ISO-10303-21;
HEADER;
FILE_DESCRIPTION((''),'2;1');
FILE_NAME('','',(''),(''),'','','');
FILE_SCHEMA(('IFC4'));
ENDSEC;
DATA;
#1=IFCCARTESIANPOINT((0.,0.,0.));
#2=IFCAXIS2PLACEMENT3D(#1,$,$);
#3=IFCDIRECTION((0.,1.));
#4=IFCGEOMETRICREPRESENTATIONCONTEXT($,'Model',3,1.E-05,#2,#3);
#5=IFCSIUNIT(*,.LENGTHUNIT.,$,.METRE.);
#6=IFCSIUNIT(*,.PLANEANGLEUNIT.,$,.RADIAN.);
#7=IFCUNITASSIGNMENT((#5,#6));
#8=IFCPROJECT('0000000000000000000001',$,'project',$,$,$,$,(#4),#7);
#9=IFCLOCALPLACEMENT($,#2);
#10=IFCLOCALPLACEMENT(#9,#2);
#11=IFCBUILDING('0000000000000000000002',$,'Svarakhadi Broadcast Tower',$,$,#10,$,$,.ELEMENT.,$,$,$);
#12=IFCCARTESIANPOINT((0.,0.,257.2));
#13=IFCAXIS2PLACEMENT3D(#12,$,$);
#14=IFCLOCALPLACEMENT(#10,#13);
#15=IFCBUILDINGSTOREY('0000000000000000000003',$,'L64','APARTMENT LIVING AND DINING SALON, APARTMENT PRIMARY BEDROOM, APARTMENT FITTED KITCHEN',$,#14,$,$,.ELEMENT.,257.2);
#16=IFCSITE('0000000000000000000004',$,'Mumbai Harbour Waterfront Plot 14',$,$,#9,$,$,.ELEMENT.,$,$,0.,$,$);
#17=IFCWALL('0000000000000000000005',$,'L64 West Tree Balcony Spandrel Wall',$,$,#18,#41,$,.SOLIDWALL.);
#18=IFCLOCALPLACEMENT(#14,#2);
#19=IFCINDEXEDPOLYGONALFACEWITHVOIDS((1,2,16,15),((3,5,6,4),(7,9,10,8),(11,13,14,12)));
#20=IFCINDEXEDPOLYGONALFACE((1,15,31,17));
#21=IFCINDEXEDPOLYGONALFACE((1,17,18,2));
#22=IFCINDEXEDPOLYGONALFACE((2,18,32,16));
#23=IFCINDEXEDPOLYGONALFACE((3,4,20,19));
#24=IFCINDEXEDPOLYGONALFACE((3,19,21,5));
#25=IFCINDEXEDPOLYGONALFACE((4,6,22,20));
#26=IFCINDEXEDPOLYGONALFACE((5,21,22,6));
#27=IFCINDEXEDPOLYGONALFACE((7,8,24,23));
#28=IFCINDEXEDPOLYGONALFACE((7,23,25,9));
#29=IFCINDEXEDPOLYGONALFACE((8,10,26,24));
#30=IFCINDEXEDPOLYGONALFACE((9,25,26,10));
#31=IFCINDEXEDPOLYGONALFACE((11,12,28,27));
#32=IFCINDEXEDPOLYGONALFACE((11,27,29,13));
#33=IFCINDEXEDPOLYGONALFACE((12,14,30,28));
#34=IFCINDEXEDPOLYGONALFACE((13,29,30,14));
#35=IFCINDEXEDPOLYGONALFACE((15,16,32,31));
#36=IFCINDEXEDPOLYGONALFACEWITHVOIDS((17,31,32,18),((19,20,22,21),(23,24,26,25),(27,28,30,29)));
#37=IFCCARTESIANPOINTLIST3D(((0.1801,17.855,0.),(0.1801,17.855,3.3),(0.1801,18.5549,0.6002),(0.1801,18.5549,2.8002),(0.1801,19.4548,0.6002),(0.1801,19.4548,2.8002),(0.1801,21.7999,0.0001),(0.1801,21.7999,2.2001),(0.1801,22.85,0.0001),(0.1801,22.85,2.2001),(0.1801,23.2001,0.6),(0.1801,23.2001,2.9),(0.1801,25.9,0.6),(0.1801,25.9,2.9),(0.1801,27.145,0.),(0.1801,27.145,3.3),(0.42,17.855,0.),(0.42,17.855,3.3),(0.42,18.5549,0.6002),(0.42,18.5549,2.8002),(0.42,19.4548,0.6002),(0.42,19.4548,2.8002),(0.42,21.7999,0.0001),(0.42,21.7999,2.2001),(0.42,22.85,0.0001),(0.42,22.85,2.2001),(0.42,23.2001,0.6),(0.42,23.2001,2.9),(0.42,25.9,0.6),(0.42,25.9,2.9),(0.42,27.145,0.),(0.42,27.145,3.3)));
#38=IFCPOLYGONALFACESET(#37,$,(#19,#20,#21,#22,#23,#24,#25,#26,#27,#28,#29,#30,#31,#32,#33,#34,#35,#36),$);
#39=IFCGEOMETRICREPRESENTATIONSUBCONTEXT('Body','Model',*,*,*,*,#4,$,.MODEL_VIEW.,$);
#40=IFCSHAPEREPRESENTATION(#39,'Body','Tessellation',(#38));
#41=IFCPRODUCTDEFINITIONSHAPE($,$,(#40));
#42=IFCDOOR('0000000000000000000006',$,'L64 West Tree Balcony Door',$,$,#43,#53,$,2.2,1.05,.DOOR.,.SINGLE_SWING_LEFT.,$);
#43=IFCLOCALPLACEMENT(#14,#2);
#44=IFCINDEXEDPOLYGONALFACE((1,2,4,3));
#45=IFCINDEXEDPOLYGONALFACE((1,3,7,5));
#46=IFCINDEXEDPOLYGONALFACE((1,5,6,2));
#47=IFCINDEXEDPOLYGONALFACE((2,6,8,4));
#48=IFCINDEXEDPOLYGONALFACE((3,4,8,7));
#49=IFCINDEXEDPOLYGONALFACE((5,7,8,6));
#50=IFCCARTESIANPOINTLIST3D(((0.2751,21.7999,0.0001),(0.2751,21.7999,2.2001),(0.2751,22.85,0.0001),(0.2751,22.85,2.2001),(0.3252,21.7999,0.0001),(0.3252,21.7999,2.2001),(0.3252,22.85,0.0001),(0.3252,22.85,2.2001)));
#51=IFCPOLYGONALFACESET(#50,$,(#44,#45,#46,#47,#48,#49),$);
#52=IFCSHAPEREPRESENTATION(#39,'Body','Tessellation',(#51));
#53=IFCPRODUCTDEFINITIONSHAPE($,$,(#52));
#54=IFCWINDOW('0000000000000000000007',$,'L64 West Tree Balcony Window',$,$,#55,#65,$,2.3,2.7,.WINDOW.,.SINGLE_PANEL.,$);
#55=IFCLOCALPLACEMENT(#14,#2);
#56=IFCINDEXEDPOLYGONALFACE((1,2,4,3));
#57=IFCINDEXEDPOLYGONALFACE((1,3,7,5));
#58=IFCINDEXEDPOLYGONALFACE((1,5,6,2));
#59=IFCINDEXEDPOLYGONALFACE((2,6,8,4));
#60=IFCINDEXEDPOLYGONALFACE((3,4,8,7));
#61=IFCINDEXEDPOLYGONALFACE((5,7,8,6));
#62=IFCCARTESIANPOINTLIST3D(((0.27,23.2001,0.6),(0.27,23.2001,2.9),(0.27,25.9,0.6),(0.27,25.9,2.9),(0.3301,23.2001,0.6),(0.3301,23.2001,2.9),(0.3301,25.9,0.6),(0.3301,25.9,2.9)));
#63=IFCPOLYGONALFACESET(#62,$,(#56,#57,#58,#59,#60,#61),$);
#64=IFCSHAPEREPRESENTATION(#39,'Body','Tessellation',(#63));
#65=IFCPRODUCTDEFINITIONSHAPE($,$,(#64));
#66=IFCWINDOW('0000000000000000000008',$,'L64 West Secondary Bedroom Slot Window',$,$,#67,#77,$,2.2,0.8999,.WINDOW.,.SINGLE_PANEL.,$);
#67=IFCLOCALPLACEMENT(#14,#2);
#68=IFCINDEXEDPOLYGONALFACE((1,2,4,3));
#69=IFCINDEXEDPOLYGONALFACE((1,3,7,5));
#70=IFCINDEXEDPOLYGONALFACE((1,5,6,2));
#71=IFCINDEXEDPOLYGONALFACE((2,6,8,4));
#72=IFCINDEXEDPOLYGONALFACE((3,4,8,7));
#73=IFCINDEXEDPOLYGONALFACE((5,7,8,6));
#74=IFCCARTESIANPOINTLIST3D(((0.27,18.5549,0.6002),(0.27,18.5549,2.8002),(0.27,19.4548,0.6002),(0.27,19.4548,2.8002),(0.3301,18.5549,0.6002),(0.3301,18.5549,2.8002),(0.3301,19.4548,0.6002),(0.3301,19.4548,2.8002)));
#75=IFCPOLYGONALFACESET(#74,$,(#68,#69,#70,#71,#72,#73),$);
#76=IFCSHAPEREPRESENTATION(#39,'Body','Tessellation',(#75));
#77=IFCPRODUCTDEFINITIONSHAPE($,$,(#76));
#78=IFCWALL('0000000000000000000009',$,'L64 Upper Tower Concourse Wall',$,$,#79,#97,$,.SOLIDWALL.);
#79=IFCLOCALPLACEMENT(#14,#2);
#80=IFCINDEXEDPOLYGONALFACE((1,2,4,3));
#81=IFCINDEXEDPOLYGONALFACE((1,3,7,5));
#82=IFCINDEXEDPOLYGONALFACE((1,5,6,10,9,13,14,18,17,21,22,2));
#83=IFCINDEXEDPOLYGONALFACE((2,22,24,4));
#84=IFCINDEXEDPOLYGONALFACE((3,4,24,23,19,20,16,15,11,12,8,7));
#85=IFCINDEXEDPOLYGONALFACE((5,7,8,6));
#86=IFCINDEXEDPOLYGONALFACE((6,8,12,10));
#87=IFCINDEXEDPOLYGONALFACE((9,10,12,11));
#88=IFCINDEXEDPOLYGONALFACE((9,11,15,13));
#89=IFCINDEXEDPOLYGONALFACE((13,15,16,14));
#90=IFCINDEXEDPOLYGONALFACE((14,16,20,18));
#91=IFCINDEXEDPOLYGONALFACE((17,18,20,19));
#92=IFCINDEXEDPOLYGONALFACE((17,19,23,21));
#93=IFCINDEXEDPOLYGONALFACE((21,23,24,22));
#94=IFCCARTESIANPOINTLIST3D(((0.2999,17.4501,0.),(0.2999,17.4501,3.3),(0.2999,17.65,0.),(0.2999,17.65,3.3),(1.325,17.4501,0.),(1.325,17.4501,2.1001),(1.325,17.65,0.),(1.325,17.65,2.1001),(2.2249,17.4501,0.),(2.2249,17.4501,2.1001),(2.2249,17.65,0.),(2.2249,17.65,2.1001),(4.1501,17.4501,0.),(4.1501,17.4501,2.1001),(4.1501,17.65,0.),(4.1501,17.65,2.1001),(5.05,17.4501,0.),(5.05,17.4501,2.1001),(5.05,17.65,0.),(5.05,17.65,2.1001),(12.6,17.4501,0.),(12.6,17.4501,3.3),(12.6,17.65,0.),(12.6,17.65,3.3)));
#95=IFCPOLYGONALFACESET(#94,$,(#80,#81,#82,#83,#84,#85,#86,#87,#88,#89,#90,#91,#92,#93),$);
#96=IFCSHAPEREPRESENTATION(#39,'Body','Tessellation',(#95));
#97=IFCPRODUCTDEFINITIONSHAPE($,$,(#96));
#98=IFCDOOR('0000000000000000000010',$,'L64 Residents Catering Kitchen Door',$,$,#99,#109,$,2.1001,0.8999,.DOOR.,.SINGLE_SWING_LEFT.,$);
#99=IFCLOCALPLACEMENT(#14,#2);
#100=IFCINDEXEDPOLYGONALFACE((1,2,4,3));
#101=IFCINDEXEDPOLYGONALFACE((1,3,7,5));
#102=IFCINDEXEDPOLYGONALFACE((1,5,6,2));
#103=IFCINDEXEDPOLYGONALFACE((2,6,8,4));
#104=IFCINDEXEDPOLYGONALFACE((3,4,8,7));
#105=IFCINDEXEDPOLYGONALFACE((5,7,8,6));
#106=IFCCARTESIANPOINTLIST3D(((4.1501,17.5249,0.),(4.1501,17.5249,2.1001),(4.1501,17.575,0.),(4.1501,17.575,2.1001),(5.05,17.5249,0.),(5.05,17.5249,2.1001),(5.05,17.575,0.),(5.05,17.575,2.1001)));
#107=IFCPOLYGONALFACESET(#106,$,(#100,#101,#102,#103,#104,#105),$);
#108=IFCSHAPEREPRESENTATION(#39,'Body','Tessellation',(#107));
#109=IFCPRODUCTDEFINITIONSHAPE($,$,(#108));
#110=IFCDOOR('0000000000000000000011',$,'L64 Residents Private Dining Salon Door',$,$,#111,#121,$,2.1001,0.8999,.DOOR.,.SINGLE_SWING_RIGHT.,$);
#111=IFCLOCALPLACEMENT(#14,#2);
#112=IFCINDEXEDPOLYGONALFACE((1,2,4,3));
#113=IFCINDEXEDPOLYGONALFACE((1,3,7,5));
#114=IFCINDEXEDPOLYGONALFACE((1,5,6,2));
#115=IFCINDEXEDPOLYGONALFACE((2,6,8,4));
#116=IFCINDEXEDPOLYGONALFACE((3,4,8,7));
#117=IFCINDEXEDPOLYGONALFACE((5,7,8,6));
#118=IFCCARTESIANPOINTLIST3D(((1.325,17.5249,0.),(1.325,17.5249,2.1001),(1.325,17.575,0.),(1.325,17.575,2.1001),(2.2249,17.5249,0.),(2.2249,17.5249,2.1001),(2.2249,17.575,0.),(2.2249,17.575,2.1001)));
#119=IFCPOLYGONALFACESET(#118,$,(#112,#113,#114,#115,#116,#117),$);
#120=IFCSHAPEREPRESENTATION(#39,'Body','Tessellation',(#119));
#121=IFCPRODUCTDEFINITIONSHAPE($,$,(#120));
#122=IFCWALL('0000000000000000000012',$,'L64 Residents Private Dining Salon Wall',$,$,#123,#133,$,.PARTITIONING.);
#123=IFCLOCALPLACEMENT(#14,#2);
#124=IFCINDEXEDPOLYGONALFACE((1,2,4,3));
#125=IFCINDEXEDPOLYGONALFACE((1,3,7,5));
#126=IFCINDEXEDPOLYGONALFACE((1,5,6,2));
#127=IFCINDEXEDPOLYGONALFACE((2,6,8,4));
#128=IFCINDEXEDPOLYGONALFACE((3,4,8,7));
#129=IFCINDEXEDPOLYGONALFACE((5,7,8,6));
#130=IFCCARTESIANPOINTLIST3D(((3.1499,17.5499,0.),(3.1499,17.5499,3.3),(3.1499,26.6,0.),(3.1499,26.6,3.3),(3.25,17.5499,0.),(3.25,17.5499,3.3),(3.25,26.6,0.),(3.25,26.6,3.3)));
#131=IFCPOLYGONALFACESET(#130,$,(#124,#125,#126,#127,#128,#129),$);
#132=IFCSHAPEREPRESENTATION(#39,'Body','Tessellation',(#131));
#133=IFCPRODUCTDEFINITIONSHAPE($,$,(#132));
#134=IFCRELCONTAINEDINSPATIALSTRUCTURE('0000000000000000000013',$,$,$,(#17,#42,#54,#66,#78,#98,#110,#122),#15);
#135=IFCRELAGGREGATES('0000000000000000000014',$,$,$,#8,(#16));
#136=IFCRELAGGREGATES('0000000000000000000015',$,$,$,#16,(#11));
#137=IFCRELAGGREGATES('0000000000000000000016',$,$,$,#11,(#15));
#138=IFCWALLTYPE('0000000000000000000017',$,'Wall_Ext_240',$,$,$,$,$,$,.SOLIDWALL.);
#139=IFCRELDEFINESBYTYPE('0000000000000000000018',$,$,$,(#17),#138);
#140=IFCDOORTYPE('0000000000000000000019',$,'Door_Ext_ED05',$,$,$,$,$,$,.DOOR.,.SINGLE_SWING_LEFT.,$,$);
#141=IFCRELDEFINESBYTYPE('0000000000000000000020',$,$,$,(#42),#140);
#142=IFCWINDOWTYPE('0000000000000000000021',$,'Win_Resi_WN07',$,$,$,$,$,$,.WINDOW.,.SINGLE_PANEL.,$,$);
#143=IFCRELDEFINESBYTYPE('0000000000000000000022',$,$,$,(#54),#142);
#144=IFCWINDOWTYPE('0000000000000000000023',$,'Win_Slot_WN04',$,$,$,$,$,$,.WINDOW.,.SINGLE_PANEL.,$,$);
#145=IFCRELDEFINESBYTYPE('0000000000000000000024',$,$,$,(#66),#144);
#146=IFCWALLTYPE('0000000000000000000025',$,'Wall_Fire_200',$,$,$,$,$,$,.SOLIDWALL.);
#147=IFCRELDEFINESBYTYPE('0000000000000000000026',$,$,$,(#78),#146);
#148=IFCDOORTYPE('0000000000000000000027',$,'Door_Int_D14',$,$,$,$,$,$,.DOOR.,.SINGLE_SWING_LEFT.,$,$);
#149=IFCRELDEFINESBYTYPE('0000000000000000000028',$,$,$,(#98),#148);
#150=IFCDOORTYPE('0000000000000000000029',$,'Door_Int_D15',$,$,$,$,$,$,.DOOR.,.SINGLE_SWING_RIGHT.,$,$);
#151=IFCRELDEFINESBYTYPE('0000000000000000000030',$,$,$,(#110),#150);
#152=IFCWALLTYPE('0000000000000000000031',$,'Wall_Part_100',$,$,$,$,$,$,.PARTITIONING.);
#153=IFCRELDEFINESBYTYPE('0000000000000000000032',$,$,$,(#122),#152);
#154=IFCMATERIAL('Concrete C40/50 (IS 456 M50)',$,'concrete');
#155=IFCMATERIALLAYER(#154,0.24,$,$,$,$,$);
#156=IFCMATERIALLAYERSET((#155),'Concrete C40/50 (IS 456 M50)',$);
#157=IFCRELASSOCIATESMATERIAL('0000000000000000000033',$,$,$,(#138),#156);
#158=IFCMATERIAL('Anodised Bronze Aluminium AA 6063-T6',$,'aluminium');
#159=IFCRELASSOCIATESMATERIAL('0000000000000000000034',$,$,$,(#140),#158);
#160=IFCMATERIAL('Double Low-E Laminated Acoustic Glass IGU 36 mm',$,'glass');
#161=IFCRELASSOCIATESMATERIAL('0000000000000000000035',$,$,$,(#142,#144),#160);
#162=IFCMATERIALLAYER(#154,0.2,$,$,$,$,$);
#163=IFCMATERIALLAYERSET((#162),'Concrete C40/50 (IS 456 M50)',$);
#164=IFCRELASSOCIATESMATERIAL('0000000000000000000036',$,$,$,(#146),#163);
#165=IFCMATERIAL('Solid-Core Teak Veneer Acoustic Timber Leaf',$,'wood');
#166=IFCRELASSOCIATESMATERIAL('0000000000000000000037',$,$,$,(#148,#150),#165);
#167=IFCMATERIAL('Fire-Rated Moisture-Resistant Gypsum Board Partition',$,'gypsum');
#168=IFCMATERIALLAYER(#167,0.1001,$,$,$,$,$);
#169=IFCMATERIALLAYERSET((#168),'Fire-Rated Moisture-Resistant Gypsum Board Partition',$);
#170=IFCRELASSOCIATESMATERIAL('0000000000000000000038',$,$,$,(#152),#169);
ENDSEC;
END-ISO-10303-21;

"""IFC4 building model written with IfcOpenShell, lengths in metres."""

from ifc_helpers import new_model, si_unit, direction, frame, frame_2d, origin, place, context, subcontext, project, spatial, rectangle, extrude, material, layer, layer_set, type_object, element, fill, save


model = new_model("IFC4")

# Units and contexts
model_context = context("Model", 3, precision=1e-05, world=origin(), true_north=direction((0.0, 1.0)))
body_context = subcontext(model_context, "Body", "Model", "MODEL_VIEW")
ifc_project = project(units=[si_unit("LENGTHUNIT", "METRE"), si_unit("PLANEANGLEUNIT", "RADIAN")], contexts=[model_context])

# Site, building, storey
site_placement = place(None, origin())
site = spatial("IfcSite", under=ifc_project, at=site_placement, Name="Mumbai Harbour Waterfront Plot 14", CompositionType="ELEMENT", RefElevation=0.0)
building_placement = place(site_placement, origin())
building = spatial("IfcBuilding", under=site, at=building_placement, Name="Svarakhadi Broadcast Tower", CompositionType="ELEMENT")
storey_placement = place(building_placement, frame((0.0, 0.0, 257.2)))
storey = spatial("IfcBuildingStorey", under=building, at=storey_placement, Name="L64", Description="APARTMENT LIVING AND DINING SALON, APARTMENT PRIMARY BEDROOM, APARTMENT FITTED KITCHEN", CompositionType="ELEMENT", Elevation=257.2)

# Shared definitions
ifc_material_1 = material(Name="Anodised Bronze Aluminium AA 6063-T6", Category="aluminium")

# Shared definitions
ifc_material_2 = material(Name="Double Low-E Laminated Acoustic Glass IGU 36 mm", Category="glass")

# Wall, openings, door, windows
ifc_material_3 = material(Name="Concrete C40/50 (IS 456 M50)", Category="concrete")
ifc_layer_1 = layer(ifc_material_3, 0.24)
ifc_layer_set_1 = layer_set([ifc_layer_1], Name="Concrete C40/50 (IS 456 M50)")
wall_type_1 = type_object("IfcWallType", Name="Wall_Ext_240", PredefinedType="SOLIDWALL", material=ifc_layer_set_1)
wall_1_placement = place(storey_placement, frame((0.3, 17.855, 0.0), z_axis=(0.0, 0.0, 1.0), x_axis=(0.0, 1.0, 0.0)))
wall_1 = element("IfcWall", 1, at=wall_1_placement, inside=storey, type_object=wall_type_1, Name="L64 West Tree Balcony Spandrel Wall", PredefinedType="SOLIDWALL", context=body_context, shape_type="SweptSolid", body=[
    extrude(rectangle(XDim=9.29, YDim=0.24, at=frame_2d((4.645, 0.0))), origin(), (0.0, 0.0, 1.0), 3.3),
])
opening_1_placement = place(wall_1_placement, frame((3.9451, 0.0, 0.0)))
opening_1 = element("IfcOpeningElement", 2, at=opening_1_placement, cuts=wall_1, PredefinedType="OPENING", context=body_context, shape_type="SweptSolid", body=[
    extrude(rectangle(XDim=1.05, YDim=2.2, at=frame_2d((0.5249, 1.1001))), frame((0.0, 0.1299, 0.0), z_axis=(0.0, -1.0, 0.0), x_axis=(1.0, 0.0, 0.0)), (0.0, 0.0, 1.0), 0.26),
])
opening_2_placement = place(wall_1_placement, frame((5.345, 0.0, 0.6001)))
opening_2 = element("IfcOpeningElement", 3, at=opening_2_placement, cuts=wall_1, PredefinedType="OPENING", context=body_context, shape_type="SweptSolid", body=[
    extrude(rectangle(XDim=2.7, YDim=2.3, at=frame_2d((1.3501, 1.1499))), frame((0.0, 0.1299, 0.0), z_axis=(0.0, -1.0, 0.0), x_axis=(1.0, 0.0, 0.0)), (0.0, 0.0, 1.0), 0.26),
])
opening_3_placement = place(wall_1_placement, frame((0.7, 0.0, 0.6001)))
opening_3 = element("IfcOpeningElement", 4, at=opening_3_placement, cuts=wall_1, PredefinedType="OPENING", context=body_context, shape_type="SweptSolid", body=[
    extrude(rectangle(XDim=0.8999, YDim=2.2, at=frame_2d((0.45, 1.1001))), frame((0.0, 0.1299, 0.0), z_axis=(0.0, -1.0, 0.0), x_axis=(1.0, 0.0, 0.0)), (0.0, 0.0, 1.0), 0.26),
])
door_type_1 = type_object("IfcDoorType", Name="Door_Ext_ED05", OperationType="SINGLE_SWING_LEFT", PredefinedType="DOOR", material=ifc_material_1)
door_1_placement = place(opening_1_placement, origin())
door_1 = element("IfcDoor", 5, at=door_1_placement, inside=storey, type_object=door_type_1, Name="L64 West Tree Balcony Door", OperationType="SINGLE_SWING_LEFT", OverallHeight=2.2, OverallWidth=1.05, PredefinedType="DOOR", context=body_context, shape_type="SweptSolid", body=[
    extrude(rectangle(XDim=1.05, YDim=2.2, at=frame_2d((0.5249, 1.1001))), frame((0.0, 0.0249, 0.0), z_axis=(0.0, -1.0, 0.0), x_axis=(1.0, 0.0, 0.0)), (0.0, 0.0, 1.0), 0.05),
])
fill(opening_1, door_1)
window_type_1 = type_object("IfcWindowType", Name="Win_Resi_WN07", PartitioningType="SINGLE_PANEL", PredefinedType="WINDOW", material=ifc_material_2)
window_1_placement = place(opening_2_placement, origin())
window_1 = element("IfcWindow", 6, at=window_1_placement, inside=storey, type_object=window_type_1, Name="L64 West Tree Balcony Window", OverallHeight=2.3, OverallWidth=2.7, PartitioningType="SINGLE_PANEL", PredefinedType="WINDOW", context=body_context, shape_type="SweptSolid", body=[
    extrude(rectangle(XDim=2.7, YDim=2.3, at=frame_2d((1.3501, 1.1499))), frame((0.0, 0.03, 0.0), z_axis=(0.0, -1.0, 0.0), x_axis=(1.0, 0.0, 0.0)), (0.0, 0.0, 1.0), 0.0601),
])
fill(opening_2, window_1)
window_type_2 = type_object("IfcWindowType", Name="Win_Slot_WN04", PartitioningType="SINGLE_PANEL", PredefinedType="WINDOW", material=ifc_material_2)
window_2_placement = place(opening_3_placement, origin())
window_2 = element("IfcWindow", 7, at=window_2_placement, inside=storey, type_object=window_type_2, Name="L64 West Secondary Bedroom Slot Window", OverallHeight=2.2, OverallWidth=0.8999, PartitioningType="SINGLE_PANEL", PredefinedType="WINDOW", context=body_context, shape_type="SweptSolid", body=[
    extrude(rectangle(XDim=0.8999, YDim=2.2, at=frame_2d((0.45, 1.1001))), frame((0.0, 0.03, 0.0), z_axis=(0.0, -1.0, 0.0), x_axis=(1.0, 0.0, 0.0)), (0.0, 0.0, 1.0), 0.0601),
])
fill(opening_3, window_2)

# Wall, openings, doors
ifc_layer_2 = layer(ifc_material_3, 0.2)
ifc_layer_set_2 = layer_set([ifc_layer_2], Name="Concrete C40/50 (IS 456 M50)")
wall_type_2 = type_object("IfcWallType", Name="Wall_Fire_200", PredefinedType="SOLIDWALL", material=ifc_layer_set_2)
wall_2_placement = place(storey_placement, frame((0.3, 17.55, 0.0), z_axis=(0.0, 0.0, 1.0), x_axis=(1.0, 0.0, 0.0)))
wall_2 = element("IfcWall", 8, at=wall_2_placement, inside=storey, type_object=wall_type_2, Name="L64 Upper Tower Concourse Wall", PredefinedType="SOLIDWALL", context=body_context, shape_type="SweptSolid", body=[
    extrude(rectangle(XDim=12.3, YDim=0.2, at=frame_2d((6.1499, 0.0))), origin(), (0.0, 0.0, 1.0), 3.3),
])
opening_4_placement = place(wall_2_placement, frame((1.0249, 0.0, 0.0)))
opening_4 = element("IfcOpeningElement", 9, at=opening_4_placement, cuts=wall_2, PredefinedType="OPENING", context=body_context, shape_type="SweptSolid", body=[
    extrude(rectangle(XDim=0.8999, YDim=2.1001, at=frame_2d((0.45, 1.05))), frame((0.0, 0.1099, 0.0), z_axis=(0.0, -1.0, 0.0), x_axis=(1.0, 0.0, 0.0)), (0.0, 0.0, 1.0), 0.22),
])
opening_5_placement = place(wall_2_placement, frame((3.8501, 0.0, 0.0)))
opening_5 = element("IfcOpeningElement", 10, at=opening_5_placement, cuts=wall_2, PredefinedType="OPENING", context=body_context, shape_type="SweptSolid", body=[
    extrude(rectangle(XDim=0.8999, YDim=2.1001, at=frame_2d((0.45, 1.05))), frame((0.0, 0.1099, 0.0), z_axis=(0.0, -1.0, 0.0), x_axis=(1.0, 0.0, 0.0)), (0.0, 0.0, 1.0), 0.22),
])
ifc_material_4 = material(Name="Solid-Core Teak Veneer Acoustic Timber Leaf", Category="wood")
door_type_2 = type_object("IfcDoorType", Name="Door_Int_D14", OperationType="SINGLE_SWING_LEFT", PredefinedType="DOOR", material=ifc_material_4)
door_2_placement = place(opening_5_placement, origin())
door_2 = element("IfcDoor", 11, at=door_2_placement, inside=storey, type_object=door_type_2, Name="L64 Residents Catering Kitchen Door", OperationType="SINGLE_SWING_LEFT", OverallHeight=2.1001, OverallWidth=0.8999, PredefinedType="DOOR", context=body_context, shape_type="SweptSolid", body=[
    extrude(rectangle(XDim=0.8999, YDim=2.1001, at=frame_2d((0.45, 1.05))), frame((0.0, 0.0249, 0.0), z_axis=(0.0, -1.0, 0.0), x_axis=(1.0, 0.0, 0.0)), (0.0, 0.0, 1.0), 0.05),
])
fill(opening_5, door_2)
door_type_3 = type_object("IfcDoorType", Name="Door_Int_D15", OperationType="SINGLE_SWING_RIGHT", PredefinedType="DOOR", material=ifc_material_4)
door_3_placement = place(opening_4_placement, origin())
door_3 = element("IfcDoor", 12, at=door_3_placement, inside=storey, type_object=door_type_3, Name="L64 Residents Private Dining Salon Door", OperationType="SINGLE_SWING_RIGHT", OverallHeight=2.1001, OverallWidth=0.8999, PredefinedType="DOOR", context=body_context, shape_type="SweptSolid", body=[
    extrude(rectangle(XDim=0.8999, YDim=2.1001, at=frame_2d((0.45, 1.05))), frame((0.0, 0.0249, 0.0), z_axis=(0.0, -1.0, 0.0), x_axis=(1.0, 0.0, 0.0)), (0.0, 0.0, 1.0), 0.05),
])
fill(opening_4, door_3)

# Wall
ifc_material_5 = material(Name="Fire-Rated Moisture-Resistant Gypsum Board Partition", Category="gypsum")
ifc_layer_3 = layer(ifc_material_5, 0.1001)
ifc_layer_set_3 = layer_set([ifc_layer_3], Name="Fire-Rated Moisture-Resistant Gypsum Board Partition")
wall_type_3 = type_object("IfcWallType", Name="Wall_Part_100", PredefinedType="PARTITIONING", material=ifc_layer_set_3)
wall_3_placement = place(storey_placement, frame((3.2, 17.55, 0.0), z_axis=(0.0, 0.0, 1.0), x_axis=(0.0, 1.0, 0.0)))
element("IfcWall", 13, at=wall_3_placement, inside=storey, type_object=wall_type_3, Name="L64 Residents Private Dining Salon Wall", PredefinedType="PARTITIONING", context=body_context, shape_type="SweptSolid", body=[
    extrude(rectangle(XDim=9.05, YDim=0.1001, at=frame_2d((4.5249, 0.0))), origin(), (0.0, 0.0, 1.0), 3.3),
])

save(model, "model.ifc")
